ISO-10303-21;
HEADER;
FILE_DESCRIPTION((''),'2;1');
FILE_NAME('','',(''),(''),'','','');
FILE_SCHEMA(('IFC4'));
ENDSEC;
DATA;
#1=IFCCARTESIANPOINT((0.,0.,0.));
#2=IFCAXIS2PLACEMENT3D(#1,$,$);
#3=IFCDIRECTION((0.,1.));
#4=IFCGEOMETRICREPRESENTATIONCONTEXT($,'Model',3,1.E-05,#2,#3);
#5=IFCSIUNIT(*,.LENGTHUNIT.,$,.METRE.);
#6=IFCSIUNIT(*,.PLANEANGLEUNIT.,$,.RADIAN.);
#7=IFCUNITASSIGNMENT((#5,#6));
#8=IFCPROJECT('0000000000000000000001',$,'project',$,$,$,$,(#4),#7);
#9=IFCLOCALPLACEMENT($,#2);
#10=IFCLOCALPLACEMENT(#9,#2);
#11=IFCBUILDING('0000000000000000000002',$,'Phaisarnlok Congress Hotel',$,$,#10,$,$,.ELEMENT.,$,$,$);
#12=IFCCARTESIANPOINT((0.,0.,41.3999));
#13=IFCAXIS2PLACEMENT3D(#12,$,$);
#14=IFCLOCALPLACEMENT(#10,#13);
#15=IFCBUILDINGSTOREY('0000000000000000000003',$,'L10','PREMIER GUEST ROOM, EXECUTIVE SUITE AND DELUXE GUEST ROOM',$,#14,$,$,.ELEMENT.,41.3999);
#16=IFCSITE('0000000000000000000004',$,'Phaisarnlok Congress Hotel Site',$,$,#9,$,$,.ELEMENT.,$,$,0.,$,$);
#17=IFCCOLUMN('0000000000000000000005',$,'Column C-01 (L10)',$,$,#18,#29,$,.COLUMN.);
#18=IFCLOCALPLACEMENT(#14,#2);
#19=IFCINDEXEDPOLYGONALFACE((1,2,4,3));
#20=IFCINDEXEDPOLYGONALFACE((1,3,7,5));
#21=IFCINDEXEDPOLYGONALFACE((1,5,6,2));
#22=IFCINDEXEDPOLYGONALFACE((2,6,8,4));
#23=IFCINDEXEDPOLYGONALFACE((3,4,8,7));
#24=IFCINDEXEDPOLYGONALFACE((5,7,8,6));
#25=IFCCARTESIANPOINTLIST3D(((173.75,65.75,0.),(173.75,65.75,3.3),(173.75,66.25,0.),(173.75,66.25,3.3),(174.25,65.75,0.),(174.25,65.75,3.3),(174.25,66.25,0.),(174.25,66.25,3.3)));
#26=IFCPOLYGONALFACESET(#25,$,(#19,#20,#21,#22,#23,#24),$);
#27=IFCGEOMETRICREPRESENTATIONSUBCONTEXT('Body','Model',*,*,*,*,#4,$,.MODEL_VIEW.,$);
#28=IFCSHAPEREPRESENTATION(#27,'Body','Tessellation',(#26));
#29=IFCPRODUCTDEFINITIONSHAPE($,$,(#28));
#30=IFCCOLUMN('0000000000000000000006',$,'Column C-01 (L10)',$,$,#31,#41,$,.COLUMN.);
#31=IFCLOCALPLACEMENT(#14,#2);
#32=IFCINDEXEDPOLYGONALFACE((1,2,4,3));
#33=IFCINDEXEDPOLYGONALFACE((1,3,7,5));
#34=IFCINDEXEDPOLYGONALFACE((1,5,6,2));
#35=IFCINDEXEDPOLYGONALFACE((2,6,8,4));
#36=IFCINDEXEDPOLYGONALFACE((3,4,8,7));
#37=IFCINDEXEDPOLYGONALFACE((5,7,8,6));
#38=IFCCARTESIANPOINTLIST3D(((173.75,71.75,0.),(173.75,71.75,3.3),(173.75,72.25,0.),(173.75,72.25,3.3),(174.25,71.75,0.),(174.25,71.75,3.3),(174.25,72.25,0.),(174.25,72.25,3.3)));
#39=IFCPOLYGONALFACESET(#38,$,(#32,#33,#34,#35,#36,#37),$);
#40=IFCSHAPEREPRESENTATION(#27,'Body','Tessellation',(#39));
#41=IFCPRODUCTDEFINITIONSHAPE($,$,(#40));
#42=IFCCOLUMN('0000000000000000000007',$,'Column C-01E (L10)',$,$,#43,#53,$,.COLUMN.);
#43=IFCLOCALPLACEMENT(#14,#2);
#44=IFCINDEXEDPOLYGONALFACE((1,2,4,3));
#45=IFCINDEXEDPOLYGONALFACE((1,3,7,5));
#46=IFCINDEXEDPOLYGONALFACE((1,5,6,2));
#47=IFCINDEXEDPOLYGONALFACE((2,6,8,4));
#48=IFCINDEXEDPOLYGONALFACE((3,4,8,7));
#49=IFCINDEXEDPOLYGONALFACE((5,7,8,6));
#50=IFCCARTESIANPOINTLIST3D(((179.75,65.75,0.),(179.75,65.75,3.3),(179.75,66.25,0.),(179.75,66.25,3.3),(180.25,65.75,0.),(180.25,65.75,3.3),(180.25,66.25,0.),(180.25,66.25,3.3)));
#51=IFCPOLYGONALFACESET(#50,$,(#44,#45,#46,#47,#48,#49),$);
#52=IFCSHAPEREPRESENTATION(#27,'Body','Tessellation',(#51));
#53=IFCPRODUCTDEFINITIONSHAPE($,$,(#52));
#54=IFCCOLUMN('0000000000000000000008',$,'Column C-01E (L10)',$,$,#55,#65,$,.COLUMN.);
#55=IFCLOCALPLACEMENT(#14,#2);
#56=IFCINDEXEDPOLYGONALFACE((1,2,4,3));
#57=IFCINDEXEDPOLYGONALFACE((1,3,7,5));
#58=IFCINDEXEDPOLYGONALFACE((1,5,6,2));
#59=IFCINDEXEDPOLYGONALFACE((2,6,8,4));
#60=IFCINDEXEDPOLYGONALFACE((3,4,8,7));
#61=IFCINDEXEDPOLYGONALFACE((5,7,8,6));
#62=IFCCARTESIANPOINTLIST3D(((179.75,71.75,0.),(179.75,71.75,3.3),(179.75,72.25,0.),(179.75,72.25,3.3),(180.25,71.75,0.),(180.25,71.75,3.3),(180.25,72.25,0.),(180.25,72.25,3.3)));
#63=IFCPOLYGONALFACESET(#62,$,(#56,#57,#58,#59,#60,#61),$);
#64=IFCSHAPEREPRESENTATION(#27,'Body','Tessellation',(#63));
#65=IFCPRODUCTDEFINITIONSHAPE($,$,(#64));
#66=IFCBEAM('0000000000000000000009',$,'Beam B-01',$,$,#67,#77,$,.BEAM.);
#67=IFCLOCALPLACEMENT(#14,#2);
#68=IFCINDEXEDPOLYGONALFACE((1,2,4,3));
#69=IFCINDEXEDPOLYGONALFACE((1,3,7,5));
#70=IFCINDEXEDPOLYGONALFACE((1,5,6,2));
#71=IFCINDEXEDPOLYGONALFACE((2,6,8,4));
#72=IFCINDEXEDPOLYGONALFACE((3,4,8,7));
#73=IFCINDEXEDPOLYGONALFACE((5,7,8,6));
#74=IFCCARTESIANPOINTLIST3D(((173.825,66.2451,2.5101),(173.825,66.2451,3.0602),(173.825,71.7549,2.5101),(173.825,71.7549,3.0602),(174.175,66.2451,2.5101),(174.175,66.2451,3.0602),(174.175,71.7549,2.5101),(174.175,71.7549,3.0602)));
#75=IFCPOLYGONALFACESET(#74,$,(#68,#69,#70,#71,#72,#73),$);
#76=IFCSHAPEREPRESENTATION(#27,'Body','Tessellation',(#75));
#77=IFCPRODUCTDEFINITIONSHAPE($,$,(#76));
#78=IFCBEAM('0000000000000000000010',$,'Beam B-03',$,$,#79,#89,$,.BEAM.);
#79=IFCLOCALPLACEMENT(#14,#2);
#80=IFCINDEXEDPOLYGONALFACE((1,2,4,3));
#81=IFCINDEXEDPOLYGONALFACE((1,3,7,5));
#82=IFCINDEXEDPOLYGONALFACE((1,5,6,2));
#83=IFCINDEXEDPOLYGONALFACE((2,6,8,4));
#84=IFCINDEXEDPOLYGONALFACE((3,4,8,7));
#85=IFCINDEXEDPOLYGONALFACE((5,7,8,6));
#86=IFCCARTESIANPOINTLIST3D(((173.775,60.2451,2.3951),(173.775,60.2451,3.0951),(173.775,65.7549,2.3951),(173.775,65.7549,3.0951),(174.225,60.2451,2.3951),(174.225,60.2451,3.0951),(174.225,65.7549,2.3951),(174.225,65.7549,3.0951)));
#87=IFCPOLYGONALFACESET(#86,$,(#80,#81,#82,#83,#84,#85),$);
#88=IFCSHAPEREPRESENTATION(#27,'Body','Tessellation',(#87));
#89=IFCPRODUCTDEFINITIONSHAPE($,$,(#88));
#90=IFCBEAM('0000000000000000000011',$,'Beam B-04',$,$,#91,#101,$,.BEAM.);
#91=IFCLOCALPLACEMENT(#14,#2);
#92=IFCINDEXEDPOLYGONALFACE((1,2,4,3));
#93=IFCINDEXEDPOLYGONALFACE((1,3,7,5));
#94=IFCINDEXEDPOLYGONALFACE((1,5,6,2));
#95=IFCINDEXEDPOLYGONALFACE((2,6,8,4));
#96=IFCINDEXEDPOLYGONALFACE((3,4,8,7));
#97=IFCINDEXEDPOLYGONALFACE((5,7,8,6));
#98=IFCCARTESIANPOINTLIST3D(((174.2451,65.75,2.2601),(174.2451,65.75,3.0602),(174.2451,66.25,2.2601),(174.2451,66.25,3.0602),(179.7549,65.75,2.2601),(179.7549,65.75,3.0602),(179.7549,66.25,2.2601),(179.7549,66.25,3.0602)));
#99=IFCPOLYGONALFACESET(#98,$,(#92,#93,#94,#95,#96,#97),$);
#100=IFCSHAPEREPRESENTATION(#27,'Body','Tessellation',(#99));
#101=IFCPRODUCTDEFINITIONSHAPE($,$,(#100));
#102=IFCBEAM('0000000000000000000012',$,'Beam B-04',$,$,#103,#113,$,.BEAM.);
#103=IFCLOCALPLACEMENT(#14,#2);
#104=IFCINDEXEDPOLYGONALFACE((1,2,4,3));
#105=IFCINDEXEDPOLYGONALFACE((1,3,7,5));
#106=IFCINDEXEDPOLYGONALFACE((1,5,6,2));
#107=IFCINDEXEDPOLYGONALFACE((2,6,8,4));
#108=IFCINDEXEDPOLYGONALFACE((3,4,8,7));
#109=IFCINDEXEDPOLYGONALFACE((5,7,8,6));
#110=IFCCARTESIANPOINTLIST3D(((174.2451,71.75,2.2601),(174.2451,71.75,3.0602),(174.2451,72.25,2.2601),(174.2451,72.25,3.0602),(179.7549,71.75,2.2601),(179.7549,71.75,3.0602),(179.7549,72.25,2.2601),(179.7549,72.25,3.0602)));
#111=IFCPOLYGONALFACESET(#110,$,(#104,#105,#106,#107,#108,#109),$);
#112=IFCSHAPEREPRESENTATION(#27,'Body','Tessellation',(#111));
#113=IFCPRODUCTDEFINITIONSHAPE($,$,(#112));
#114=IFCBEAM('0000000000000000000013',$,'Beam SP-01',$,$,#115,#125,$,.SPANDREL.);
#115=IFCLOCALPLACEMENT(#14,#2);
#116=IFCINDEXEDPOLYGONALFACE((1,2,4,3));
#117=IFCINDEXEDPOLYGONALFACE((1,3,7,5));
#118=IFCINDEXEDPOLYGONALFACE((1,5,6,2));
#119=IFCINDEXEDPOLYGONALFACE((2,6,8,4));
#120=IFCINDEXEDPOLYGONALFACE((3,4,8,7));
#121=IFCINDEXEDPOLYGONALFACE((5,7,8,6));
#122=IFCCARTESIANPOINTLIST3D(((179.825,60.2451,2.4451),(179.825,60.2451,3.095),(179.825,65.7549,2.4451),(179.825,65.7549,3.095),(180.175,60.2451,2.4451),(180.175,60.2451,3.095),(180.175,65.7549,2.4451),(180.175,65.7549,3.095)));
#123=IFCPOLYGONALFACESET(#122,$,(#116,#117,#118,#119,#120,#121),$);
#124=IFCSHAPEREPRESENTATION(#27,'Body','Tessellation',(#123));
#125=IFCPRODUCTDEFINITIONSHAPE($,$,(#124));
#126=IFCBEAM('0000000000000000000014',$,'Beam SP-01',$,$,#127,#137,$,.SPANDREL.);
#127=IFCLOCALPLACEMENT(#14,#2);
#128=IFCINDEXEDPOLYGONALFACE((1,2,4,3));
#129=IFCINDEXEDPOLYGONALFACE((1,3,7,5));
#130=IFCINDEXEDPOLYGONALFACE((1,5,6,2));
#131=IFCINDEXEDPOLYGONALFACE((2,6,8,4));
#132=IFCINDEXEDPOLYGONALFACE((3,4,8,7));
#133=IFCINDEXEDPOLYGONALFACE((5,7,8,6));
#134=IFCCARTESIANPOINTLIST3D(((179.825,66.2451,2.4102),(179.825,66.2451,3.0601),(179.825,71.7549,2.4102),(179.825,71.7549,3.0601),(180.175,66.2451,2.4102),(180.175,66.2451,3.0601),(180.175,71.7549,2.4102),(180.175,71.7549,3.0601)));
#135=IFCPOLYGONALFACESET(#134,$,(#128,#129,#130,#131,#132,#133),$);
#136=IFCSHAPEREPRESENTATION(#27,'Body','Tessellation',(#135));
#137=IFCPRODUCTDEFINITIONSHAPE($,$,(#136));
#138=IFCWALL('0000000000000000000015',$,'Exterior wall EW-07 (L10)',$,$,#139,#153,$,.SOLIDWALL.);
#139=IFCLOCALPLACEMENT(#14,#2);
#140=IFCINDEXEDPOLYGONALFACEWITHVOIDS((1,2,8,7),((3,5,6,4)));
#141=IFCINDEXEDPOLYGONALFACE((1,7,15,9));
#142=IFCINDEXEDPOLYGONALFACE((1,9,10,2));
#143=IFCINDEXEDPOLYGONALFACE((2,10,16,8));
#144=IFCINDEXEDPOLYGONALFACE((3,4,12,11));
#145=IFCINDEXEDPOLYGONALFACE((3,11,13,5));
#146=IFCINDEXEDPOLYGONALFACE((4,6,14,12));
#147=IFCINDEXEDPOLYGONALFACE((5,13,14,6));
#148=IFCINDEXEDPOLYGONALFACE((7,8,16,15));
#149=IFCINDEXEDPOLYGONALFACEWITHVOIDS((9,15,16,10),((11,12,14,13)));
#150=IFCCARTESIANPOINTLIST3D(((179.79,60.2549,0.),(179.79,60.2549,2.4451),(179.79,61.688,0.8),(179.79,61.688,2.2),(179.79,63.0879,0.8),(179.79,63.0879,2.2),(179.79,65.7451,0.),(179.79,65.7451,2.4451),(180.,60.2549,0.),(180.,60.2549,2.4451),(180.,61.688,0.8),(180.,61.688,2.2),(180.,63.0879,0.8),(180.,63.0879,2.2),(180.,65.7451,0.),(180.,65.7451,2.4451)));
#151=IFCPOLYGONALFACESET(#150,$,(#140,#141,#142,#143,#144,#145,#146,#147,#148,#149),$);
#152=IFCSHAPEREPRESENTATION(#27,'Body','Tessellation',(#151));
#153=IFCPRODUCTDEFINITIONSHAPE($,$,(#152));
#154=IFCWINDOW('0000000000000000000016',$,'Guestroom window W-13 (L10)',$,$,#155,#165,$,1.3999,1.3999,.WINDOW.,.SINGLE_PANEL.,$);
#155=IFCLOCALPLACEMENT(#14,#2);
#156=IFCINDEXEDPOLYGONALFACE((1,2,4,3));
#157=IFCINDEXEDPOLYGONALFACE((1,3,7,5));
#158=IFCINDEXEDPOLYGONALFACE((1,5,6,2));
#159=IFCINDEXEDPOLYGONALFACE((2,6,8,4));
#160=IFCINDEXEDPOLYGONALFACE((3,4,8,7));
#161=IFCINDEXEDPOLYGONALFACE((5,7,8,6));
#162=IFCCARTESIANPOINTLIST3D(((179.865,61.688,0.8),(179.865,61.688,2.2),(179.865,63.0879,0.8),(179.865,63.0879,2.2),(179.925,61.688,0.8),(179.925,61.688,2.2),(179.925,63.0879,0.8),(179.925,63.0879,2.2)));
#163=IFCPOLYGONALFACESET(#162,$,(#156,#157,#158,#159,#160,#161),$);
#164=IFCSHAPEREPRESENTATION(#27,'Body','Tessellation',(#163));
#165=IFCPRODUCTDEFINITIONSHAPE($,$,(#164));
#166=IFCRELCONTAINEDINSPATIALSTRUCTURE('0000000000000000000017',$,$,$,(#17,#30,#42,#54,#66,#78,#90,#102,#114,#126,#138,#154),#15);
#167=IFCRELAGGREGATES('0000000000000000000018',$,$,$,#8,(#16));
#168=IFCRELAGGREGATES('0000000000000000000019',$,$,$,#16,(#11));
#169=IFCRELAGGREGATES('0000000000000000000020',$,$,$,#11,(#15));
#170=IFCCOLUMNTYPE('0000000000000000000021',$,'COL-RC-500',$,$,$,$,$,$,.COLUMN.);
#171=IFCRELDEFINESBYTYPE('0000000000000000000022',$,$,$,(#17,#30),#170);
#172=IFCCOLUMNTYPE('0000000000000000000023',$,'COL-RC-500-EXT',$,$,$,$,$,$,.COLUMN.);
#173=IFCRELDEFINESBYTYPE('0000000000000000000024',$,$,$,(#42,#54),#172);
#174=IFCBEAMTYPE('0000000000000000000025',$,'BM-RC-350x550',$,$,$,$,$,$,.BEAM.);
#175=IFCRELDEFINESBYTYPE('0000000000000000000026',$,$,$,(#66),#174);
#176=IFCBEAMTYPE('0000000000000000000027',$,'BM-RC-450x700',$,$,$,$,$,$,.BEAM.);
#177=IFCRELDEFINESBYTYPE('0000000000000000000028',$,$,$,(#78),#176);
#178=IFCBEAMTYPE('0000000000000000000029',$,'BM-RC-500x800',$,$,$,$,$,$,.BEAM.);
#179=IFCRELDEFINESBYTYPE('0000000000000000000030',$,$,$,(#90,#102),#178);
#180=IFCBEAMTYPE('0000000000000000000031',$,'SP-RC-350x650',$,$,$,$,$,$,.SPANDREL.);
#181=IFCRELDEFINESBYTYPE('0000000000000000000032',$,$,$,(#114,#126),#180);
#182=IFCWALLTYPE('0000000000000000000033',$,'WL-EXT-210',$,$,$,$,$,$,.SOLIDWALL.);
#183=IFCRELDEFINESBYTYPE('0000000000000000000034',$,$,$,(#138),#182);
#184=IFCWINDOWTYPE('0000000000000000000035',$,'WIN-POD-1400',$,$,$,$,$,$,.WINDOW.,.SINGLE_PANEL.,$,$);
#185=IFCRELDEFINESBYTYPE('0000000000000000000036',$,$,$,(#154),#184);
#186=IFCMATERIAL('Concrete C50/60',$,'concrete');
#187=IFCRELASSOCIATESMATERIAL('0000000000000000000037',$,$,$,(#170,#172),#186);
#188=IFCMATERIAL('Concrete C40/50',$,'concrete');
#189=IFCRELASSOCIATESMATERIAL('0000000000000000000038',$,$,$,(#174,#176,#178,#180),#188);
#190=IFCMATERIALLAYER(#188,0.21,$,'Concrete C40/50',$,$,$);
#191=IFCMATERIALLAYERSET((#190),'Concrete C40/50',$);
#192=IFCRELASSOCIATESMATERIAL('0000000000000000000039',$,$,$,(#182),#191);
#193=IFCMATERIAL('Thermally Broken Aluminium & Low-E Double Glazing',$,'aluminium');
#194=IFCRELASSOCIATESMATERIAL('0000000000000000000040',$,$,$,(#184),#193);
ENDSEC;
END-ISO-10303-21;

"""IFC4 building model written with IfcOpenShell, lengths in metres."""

from ifc_helpers import new_model, si_unit, direction, frame, frame_2d, origin, origin_2d, place, context, subcontext, project, spatial, rectangle, extrude, material, layer, layer_set, material_profile, profile_set, type_object, element, fill, save


model = new_model("IFC4")

# Units and contexts
model_context = context("Model", 3, precision=1e-05, world=origin(), true_north=direction((0.0, 1.0)))
body_context = subcontext(model_context, "Body", "Model", "MODEL_VIEW")
ifc_project = project(units=[si_unit("LENGTHUNIT", "METRE"), si_unit("PLANEANGLEUNIT", "RADIAN")], contexts=[model_context])

# Site, building, storey
site_placement = place(None, origin())
site = spatial("IfcSite", under=ifc_project, at=site_placement, Name="Phaisarnlok Congress Hotel Site", CompositionType="ELEMENT", RefElevation=0.0)
building_placement = place(site_placement, origin())
building = spatial("IfcBuilding", under=site, at=building_placement, Name="Phaisarnlok Congress Hotel", CompositionType="ELEMENT")
storey_placement = place(building_placement, frame((0.0, 0.0, 41.3999)))
storey = spatial("IfcBuildingStorey", under=building, at=storey_placement, Name="L10", Description="PREMIER GUEST ROOM, EXECUTIVE SUITE AND DELUXE GUEST ROOM", CompositionType="ELEMENT", Elevation=41.3999)

# Columns
ifc_material_1 = material(Name="Concrete C50/60", Category="concrete")
ifc_material_profile_1 = material_profile(ifc_material_1, rectangle(XDim=0.5, YDim=0.5, at=origin_2d()), Name="RC 500x500")
ifc_profile_set_1 = profile_set([ifc_material_profile_1], Name="Concrete C50/60")
column_type_1 = type_object("IfcColumnType", Name="COL-RC-500", PredefinedType="COLUMN", material=ifc_profile_set_1)
for number, where, z_axis, x_axis, name in (
    (1, (174.0, 66.0, 0.0), (0.0, 0.0, 1.0), (1.0, 0.0, 0.0), "Column C-01 (L10)"),
    (2, (174.0, 72.0, 0.0), (0.0, 0.0, 1.0), (1.0, 0.0, 0.0), "Column C-01 (L10)"),
):
    element("IfcColumn", number, at=place(storey_placement, frame(where, z_axis=z_axis, x_axis=x_axis)), inside=storey, type_object=column_type_1, Name=name, PredefinedType="COLUMN", context=body_context, shape_type="SweptSolid", body=[
        extrude(rectangle(XDim=0.5, YDim=0.5, at=origin_2d()), origin(), (0.0, 0.0, 1.0), 3.3),
    ])
ifc_material_profile_2 = material_profile(ifc_material_1, rectangle(XDim=0.5, YDim=0.5, at=origin_2d()), Name="RC 500x500")
ifc_profile_set_2 = profile_set([ifc_material_profile_2], Name="Concrete C50/60")
column_type_2 = type_object("IfcColumnType", Name="COL-RC-500-EXT", PredefinedType="COLUMN", material=ifc_profile_set_2)
for number, where, z_axis, x_axis, name in (
    (3, (180.0, 66.0, 0.0), (0.0, 0.0, 1.0), (1.0, 0.0, 0.0), "Column C-01E (L10)"),
    (4, (180.0, 72.0, 0.0), (0.0, 0.0, 1.0), (1.0, 0.0, 0.0), "Column C-01E (L10)"),
):
    element("IfcColumn", number, at=place(storey_placement, frame(where, z_axis=z_axis, x_axis=x_axis)), inside=storey, type_object=column_type_2, Name=name, PredefinedType="COLUMN", context=body_context, shape_type="SweptSolid", body=[
        extrude(rectangle(XDim=0.5, YDim=0.5, at=origin_2d()), origin(), (0.0, 0.0, 1.0), 3.3),
    ])

# Beams
ifc_material_2 = material(Name="Concrete C40/50", Category="concrete")
ifc_material_profile_3 = material_profile(ifc_material_2, rectangle(XDim=0.3501, YDim=0.55, at=origin_2d()), Name="RC 350x550")
ifc_profile_set_3 = profile_set([ifc_material_profile_3], Name="Concrete C40/50")
beam_type_1 = type_object("IfcBeamType", Name="BM-RC-350x550", PredefinedType="BEAM", material=ifc_profile_set_3)
beam_1_placement = place(storey_placement, frame((174.0, 66.2451, 2.7852), z_axis=(0.0, 1.0, 0.0), x_axis=(-1.0, 0.0, 0.0)))
element("IfcBeam", 5, at=beam_1_placement, inside=storey, type_object=beam_type_1, Name="Beam B-01", PredefinedType="BEAM", context=body_context, shape_type="SweptSolid", body=[
    extrude(rectangle(XDim=0.3501, YDim=0.55, at=origin_2d()), origin(), (0.0, 0.0, 1.0), 5.5098),
])
ifc_material_profile_4 = material_profile(ifc_material_2, rectangle(XDim=0.45, YDim=0.7, at=origin_2d()), Name="RC 450x700")
ifc_profile_set_4 = profile_set([ifc_material_profile_4], Name="Concrete C40/50")
beam_type_2 = type_object("IfcBeamType", Name="BM-RC-450x700", PredefinedType="BEAM", material=ifc_profile_set_4)
beam_2_placement = place(storey_placement, frame((174.0, 60.2451, 2.7451), z_axis=(0.0, 1.0, 0.0), x_axis=(-1.0, 0.0, 0.0)))
element("IfcBeam", 6, at=beam_2_placement, inside=storey, type_object=beam_type_2, Name="Beam B-03", PredefinedType="BEAM", context=body_context, shape_type="SweptSolid", body=[
    extrude(rectangle(XDim=0.45, YDim=0.7, at=origin_2d()), origin(), (0.0, 0.0, 1.0), 5.5098),
])
ifc_material_profile_5 = material_profile(ifc_material_2, rectangle(XDim=0.5, YDim=0.8, at=origin_2d()), Name="RC 500x800")
ifc_profile_set_5 = profile_set([ifc_material_profile_5], Name="Concrete C40/50")
beam_type_3 = type_object("IfcBeamType", Name="BM-RC-500x800", PredefinedType="BEAM", material=ifc_profile_set_5)
for number, where, z_axis, x_axis, name in (
    (7, (174.2451, 66.0, 2.6602), (1.0, 0.0, 0.0), (0.0, 1.0, 0.0), "Beam B-04"),
    (8, (174.2451, 72.0, 2.6602), (1.0, 0.0, 0.0), (0.0, 1.0, 0.0), "Beam B-04"),
):
    element("IfcBeam", number, at=place(storey_placement, frame(where, z_axis=z_axis, x_axis=x_axis)), inside=storey, type_object=beam_type_3, Name=name, PredefinedType="BEAM", context=body_context, shape_type="SweptSolid", body=[
        extrude(rectangle(XDim=0.5, YDim=0.8, at=origin_2d()), origin(), (0.0, 0.0, 1.0), 5.5098),
    ])
ifc_material_profile_6 = material_profile(ifc_material_2, rectangle(XDim=0.3501, YDim=0.6499, at=origin_2d()), Name="RC 350x650")
ifc_profile_set_6 = profile_set([ifc_material_profile_6], Name="Concrete C40/50")
beam_type_4 = type_object("IfcBeamType", Name="SP-RC-350x650", PredefinedType="SPANDREL", material=ifc_profile_set_6)
for number, where, z_axis, x_axis, name in (
    (9, (180.0, 60.2451, 2.77), (0.0, 1.0, 0.0), (-1.0, 0.0, 0.0), "Beam SP-01"),
    (10, (180.0, 66.2451, 2.7351), (0.0, 1.0, 0.0), (-1.0, 0.0, 0.0), "Beam SP-01"),
):
    element("IfcBeam", number, at=place(storey_placement, frame(where, z_axis=z_axis, x_axis=x_axis)), inside=storey, type_object=beam_type_4, Name=name, PredefinedType="SPANDREL", context=body_context, shape_type="SweptSolid", body=[
        extrude(rectangle(XDim=0.3501, YDim=0.6499, at=origin_2d()), origin(), (0.0, 0.0, 1.0), 5.5098),
    ])

# Wall, opening, window
ifc_layer_1 = layer(ifc_material_2, 0.21, Name="Concrete C40/50")
ifc_layer_set_1 = layer_set([ifc_layer_1], Name="Concrete C40/50")
wall_type_1 = type_object("IfcWallType", Name="WL-EXT-210", PredefinedType="SOLIDWALL", material=ifc_layer_set_1)
wall_1_placement = place(storey_placement, frame((179.895, 60.2549, 0.0), z_axis=(0.0, 0.0, 1.0), x_axis=(0.0, 1.0, 0.0)))
wall_1 = element("IfcWall", 11, at=wall_1_placement, inside=storey, type_object=wall_type_1, Name="Exterior wall EW-07 (L10)", PredefinedType="SOLIDWALL", context=body_context, shape_type="SweptSolid", body=[
    extrude(rectangle(XDim=5.4902, YDim=0.21, at=frame_2d((2.7451, 0.0))), origin(), (0.0, 0.0, 1.0), 2.4451),
])
opening_1_placement = place(wall_1_placement, frame((1.4331, 0.0, 0.8)))
opening_1 = element("IfcOpeningElement", 12, at=opening_1_placement, cuts=wall_1, PredefinedType="OPENING", context=body_context, shape_type="SweptSolid", body=[
    extrude(rectangle(XDim=1.3999, YDim=1.3999, at=frame_2d((0.7, 0.7))), frame((0.0, 0.115, 0.0), z_axis=(0.0, -1.0, 0.0), x_axis=(1.0, 0.0, 0.0)), (0.0, 0.0, 1.0), 0.23),
])
ifc_material_3 = material(Name="Thermally Broken Aluminium & Low-E Double Glazing", Category="aluminium")
window_type = type_object("IfcWindowType", Name="WIN-POD-1400", PartitioningType="SINGLE_PANEL", PredefinedType="WINDOW", material=ifc_material_3)
window_1_placement = place(opening_1_placement, origin())
window_1 = element("IfcWindow", 13, at=window_1_placement, inside=storey, type_object=window_type, Name="Guestroom window W-13 (L10)", OverallHeight=1.3999, OverallWidth=1.3999, PartitioningType="SINGLE_PANEL", PredefinedType="WINDOW", context=body_context, shape_type="SweptSolid", body=[
    extrude(rectangle(XDim=1.3999, YDim=1.3999, at=frame_2d((0.7, 0.7))), frame((0.0, 0.03, 0.0), z_axis=(0.0, -1.0, 0.0), x_axis=(1.0, 0.0, 0.0)), (0.0, 0.0, 1.0), 0.0601),
])
fill(opening_1, window_1)

save(model, "model.ifc")
